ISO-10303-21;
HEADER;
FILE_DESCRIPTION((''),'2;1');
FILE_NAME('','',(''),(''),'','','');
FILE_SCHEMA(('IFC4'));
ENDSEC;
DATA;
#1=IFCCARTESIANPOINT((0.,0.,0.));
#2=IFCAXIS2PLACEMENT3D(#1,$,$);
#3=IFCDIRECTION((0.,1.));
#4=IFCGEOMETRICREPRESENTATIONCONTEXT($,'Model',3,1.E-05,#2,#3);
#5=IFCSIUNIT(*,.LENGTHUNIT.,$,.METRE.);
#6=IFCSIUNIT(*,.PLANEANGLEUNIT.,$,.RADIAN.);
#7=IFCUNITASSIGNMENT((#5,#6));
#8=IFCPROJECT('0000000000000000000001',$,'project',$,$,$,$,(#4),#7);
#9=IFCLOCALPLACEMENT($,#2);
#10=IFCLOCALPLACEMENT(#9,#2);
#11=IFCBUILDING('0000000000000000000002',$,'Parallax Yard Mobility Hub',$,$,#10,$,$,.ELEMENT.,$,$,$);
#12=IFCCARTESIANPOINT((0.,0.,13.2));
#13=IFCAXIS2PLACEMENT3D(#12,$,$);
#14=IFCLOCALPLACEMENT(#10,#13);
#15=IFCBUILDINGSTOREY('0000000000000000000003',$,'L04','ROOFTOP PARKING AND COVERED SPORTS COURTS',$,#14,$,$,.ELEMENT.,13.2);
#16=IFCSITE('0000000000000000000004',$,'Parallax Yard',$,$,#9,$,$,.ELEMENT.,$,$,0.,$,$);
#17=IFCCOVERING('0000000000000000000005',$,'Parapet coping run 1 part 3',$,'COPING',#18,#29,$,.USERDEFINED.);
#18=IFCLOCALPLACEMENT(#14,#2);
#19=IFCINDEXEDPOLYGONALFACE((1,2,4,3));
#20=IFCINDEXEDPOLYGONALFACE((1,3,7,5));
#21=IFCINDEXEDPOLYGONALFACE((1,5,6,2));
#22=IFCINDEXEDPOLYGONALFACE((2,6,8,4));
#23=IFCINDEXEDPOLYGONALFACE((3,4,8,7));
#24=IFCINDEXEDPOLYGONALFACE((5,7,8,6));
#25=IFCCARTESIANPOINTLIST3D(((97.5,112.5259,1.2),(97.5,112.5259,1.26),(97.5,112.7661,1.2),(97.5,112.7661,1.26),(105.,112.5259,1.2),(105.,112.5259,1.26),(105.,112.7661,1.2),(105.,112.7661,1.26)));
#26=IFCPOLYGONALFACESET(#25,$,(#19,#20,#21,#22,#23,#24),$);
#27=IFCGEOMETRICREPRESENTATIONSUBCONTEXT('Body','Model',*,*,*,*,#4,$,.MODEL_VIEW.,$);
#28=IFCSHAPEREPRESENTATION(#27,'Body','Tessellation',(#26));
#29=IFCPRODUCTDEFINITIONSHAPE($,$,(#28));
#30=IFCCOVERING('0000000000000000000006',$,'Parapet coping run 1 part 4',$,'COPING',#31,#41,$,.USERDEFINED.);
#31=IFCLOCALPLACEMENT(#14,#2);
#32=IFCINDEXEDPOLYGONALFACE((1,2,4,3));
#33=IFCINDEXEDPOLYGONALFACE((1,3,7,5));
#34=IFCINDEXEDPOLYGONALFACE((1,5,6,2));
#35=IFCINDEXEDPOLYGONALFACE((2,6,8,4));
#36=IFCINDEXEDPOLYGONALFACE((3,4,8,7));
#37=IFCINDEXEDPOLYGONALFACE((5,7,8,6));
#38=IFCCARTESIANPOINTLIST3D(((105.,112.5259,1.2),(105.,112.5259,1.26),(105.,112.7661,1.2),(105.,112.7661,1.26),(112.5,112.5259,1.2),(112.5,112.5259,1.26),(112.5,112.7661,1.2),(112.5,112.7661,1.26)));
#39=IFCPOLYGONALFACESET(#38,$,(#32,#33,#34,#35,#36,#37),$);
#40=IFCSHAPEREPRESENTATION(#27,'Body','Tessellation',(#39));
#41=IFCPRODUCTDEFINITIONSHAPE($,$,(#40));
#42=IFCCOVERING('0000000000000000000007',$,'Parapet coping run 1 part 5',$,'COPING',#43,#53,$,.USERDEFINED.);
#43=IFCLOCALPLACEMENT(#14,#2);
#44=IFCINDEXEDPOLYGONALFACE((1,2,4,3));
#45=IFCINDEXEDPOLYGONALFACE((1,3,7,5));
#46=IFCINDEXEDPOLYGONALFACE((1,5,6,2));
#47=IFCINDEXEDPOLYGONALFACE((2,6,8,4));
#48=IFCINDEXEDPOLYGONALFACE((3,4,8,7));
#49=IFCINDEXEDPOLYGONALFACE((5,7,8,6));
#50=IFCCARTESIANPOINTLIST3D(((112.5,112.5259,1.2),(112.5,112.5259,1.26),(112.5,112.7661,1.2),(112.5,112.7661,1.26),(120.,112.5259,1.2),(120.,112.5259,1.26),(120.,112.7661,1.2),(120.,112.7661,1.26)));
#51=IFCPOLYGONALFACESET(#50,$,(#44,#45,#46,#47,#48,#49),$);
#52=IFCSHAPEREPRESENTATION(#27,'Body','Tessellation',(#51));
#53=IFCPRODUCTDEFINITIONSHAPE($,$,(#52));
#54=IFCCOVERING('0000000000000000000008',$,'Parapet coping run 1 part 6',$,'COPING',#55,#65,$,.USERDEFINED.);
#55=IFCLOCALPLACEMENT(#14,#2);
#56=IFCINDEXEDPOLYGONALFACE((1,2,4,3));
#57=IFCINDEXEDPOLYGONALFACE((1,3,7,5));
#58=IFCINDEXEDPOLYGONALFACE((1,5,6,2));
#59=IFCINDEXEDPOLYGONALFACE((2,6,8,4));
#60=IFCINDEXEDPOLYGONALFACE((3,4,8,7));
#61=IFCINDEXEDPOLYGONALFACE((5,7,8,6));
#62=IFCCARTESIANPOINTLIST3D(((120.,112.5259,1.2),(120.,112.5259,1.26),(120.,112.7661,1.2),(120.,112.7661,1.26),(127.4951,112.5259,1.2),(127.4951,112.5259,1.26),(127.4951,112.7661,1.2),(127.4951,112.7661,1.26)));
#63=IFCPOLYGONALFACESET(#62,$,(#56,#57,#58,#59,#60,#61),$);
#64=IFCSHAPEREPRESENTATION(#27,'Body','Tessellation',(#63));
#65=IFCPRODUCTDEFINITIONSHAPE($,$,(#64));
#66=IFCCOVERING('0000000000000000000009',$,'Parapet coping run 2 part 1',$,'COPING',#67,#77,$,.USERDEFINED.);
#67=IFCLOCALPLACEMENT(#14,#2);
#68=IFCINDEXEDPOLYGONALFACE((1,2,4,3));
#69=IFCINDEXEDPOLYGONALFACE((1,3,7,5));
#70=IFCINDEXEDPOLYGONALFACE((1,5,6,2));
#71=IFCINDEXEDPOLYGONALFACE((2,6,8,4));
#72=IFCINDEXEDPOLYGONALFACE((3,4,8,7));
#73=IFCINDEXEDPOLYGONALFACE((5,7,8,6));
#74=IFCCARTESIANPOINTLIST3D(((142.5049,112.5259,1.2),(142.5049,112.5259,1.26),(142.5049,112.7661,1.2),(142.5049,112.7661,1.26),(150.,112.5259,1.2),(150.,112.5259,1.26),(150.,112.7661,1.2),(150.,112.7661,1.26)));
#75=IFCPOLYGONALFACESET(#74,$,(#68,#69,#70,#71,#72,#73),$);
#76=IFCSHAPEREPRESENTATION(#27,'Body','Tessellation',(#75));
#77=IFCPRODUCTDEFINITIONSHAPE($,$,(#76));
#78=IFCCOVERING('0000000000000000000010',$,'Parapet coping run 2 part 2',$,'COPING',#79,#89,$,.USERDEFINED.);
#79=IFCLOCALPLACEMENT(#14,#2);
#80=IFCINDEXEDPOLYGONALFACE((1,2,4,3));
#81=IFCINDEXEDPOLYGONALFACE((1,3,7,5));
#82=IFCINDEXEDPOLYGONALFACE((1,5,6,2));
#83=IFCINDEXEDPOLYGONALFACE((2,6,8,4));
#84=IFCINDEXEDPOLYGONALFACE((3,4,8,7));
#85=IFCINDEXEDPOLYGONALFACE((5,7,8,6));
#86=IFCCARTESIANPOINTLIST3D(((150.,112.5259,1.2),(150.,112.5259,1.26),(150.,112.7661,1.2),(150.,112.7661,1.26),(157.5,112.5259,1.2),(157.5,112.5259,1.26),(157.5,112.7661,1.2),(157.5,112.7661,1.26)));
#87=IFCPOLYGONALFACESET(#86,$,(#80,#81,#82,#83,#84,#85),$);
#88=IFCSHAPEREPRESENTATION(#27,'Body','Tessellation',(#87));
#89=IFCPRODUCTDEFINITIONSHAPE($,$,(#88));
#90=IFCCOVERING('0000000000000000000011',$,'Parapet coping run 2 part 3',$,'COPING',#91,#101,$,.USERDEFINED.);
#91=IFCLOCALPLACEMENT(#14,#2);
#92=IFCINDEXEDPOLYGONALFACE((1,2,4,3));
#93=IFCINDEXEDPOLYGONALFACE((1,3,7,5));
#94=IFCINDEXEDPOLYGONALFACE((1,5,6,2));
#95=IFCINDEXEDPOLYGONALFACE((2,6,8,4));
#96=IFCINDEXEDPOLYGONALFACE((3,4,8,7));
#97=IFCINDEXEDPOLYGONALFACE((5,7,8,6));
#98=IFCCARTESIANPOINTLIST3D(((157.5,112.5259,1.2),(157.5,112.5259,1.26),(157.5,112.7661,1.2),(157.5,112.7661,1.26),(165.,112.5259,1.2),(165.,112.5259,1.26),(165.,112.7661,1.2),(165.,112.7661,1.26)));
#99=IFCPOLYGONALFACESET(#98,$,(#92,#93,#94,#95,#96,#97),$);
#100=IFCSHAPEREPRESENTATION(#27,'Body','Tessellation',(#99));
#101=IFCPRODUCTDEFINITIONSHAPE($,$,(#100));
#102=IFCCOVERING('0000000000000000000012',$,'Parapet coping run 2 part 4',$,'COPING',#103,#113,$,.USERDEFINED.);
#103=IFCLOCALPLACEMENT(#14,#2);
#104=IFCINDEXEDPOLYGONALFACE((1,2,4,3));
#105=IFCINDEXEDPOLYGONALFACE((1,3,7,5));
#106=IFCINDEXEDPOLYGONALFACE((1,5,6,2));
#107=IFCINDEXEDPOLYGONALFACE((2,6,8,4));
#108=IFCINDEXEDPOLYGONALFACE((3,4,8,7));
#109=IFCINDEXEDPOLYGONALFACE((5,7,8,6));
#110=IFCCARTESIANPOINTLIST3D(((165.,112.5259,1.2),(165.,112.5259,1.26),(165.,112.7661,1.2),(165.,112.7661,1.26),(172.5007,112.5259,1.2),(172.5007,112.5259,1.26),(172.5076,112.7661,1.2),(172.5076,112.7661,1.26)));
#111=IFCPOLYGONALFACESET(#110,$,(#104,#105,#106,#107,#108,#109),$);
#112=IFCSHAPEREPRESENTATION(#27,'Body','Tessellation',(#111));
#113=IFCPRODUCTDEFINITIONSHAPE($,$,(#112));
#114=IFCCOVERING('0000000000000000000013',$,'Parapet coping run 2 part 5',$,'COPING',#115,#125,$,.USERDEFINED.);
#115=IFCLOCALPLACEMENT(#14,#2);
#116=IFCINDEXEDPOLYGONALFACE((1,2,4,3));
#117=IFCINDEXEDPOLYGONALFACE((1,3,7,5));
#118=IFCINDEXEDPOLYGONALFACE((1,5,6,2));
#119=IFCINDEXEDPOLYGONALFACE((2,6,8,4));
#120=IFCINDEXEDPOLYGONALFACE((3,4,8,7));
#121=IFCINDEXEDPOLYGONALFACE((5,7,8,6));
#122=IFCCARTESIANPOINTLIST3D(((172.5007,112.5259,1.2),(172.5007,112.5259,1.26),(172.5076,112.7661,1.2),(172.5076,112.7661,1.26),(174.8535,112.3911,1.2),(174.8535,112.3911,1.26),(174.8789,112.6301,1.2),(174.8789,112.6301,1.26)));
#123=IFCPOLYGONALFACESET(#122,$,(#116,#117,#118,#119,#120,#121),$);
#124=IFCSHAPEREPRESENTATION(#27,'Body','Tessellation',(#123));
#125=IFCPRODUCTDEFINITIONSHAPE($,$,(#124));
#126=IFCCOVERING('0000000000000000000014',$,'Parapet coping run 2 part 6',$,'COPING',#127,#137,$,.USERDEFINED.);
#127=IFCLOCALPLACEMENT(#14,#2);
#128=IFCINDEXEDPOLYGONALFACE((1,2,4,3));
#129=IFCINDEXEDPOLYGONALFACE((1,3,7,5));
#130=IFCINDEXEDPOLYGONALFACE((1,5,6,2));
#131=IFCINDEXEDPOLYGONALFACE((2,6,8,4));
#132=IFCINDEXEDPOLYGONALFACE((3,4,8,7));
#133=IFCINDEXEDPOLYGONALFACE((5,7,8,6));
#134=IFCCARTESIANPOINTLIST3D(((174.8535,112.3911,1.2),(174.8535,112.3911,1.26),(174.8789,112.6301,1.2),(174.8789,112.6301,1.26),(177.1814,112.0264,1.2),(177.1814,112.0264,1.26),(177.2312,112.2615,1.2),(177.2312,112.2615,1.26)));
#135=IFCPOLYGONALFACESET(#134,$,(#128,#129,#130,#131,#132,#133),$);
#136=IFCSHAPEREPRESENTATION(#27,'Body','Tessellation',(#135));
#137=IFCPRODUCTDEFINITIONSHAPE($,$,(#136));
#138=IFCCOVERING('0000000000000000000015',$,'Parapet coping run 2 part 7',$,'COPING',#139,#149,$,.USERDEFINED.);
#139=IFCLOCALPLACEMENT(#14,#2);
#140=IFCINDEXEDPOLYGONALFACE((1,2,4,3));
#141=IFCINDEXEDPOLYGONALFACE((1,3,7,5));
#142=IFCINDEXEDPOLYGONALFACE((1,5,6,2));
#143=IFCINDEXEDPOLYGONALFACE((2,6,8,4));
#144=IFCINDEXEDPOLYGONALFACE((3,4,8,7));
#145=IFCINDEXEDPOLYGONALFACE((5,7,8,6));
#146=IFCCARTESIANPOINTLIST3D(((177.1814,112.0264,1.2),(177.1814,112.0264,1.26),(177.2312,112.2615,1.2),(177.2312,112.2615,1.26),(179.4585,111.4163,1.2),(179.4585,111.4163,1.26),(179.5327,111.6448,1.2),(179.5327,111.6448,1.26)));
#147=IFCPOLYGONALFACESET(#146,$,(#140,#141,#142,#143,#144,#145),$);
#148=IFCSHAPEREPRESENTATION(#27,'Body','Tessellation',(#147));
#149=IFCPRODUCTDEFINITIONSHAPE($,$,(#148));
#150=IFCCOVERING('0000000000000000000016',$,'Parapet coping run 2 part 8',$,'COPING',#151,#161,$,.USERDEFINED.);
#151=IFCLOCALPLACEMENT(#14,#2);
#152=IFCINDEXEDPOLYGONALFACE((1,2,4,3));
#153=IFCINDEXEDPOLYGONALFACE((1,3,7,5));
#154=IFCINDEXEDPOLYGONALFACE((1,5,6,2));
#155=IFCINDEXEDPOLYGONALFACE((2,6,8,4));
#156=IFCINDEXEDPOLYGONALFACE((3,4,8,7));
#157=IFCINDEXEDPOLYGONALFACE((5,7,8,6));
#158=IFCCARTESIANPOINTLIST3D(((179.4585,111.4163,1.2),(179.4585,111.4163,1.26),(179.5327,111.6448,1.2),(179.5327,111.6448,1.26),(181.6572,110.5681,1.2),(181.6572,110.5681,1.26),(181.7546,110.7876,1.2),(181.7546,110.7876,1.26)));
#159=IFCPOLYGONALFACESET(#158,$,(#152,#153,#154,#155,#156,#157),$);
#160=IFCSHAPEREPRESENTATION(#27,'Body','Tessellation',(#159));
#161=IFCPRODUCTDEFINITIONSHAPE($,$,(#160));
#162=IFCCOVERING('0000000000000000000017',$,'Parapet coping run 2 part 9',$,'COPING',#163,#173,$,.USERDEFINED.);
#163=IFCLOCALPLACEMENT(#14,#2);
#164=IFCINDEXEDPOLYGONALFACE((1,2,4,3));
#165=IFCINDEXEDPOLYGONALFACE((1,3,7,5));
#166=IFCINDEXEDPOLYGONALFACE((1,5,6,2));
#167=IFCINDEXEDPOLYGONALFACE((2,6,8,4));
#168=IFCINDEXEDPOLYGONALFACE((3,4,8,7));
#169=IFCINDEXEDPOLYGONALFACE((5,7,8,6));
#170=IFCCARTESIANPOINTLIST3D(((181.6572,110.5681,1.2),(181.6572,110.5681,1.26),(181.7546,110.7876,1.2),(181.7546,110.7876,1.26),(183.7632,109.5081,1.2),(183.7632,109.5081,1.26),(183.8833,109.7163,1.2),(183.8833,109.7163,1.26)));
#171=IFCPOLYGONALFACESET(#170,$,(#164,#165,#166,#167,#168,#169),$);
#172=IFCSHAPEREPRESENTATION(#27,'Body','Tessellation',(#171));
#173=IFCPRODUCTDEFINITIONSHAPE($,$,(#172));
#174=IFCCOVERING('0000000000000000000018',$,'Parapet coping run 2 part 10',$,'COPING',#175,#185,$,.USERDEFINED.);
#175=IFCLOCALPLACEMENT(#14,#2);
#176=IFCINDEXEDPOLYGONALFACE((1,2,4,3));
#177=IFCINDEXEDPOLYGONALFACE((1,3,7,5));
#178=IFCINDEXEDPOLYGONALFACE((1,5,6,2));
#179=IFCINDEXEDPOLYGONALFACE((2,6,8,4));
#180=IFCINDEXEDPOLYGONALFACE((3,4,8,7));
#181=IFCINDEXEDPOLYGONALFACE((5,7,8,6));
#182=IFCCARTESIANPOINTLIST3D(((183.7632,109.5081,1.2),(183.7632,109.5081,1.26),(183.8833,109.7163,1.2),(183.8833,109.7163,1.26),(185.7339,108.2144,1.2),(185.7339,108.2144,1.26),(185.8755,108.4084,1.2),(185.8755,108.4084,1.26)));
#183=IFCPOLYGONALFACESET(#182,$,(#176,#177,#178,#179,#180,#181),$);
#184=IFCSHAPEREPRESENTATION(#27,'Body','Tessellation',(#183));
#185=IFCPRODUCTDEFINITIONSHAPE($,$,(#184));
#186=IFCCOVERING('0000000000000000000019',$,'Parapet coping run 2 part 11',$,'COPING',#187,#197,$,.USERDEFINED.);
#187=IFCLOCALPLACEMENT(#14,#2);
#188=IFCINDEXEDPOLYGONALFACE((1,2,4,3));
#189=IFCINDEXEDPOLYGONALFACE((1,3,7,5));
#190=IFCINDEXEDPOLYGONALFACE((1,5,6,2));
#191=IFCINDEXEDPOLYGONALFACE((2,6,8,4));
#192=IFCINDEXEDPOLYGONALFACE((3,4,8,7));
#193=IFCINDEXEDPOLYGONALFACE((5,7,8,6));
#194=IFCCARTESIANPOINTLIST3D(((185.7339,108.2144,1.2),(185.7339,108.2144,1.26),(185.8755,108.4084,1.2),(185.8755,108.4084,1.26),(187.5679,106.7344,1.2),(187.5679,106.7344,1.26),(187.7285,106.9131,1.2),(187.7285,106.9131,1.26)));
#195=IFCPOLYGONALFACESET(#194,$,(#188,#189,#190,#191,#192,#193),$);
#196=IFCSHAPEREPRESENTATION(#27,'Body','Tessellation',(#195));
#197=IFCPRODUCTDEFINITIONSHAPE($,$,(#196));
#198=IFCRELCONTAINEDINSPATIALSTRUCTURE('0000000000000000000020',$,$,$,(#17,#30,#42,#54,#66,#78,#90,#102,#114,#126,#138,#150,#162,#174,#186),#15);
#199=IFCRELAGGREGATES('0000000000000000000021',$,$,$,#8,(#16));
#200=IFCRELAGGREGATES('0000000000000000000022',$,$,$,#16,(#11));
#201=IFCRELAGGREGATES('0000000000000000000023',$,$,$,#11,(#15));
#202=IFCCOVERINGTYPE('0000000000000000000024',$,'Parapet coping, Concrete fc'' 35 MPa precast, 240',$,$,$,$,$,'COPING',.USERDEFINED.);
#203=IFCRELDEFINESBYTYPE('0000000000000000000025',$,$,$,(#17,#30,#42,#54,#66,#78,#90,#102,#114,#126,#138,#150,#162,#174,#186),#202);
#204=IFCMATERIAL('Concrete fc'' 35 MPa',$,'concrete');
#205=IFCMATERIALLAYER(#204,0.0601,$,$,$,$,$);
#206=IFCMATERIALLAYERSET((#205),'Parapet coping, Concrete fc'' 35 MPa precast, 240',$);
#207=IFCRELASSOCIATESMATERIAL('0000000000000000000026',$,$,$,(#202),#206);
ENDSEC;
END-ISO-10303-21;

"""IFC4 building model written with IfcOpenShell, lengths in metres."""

from ifc_helpers import new_model, si_unit, direction, frame, origin, place, context, subcontext, project, spatial, polyline, outline, extrude, material, layer, layer_set, type_object, element, save


model = new_model("IFC4")

# Units and contexts
model_context = context("Model", 3, precision=1e-05, world=origin(), true_north=direction((0.0, 1.0)))
body_context = subcontext(model_context, "Body", "Model", "MODEL_VIEW")
ifc_project = project(units=[si_unit("LENGTHUNIT", "METRE"), si_unit("PLANEANGLEUNIT", "RADIAN")], contexts=[model_context])

# Site, building, storey
site_placement = place(None, origin())
site = spatial("IfcSite", under=ifc_project, at=site_placement, Name="Parallax Yard", CompositionType="ELEMENT", RefElevation=0.0)
building_placement = place(site_placement, origin())
building = spatial("IfcBuilding", under=site, at=building_placement, Name="Parallax Yard Mobility Hub", CompositionType="ELEMENT")
storey_placement = place(building_placement, frame((0.0, 0.0, 13.2)))
storey = spatial("IfcBuildingStorey", under=building, at=storey_placement, Name="L04", Description="ROOFTOP PARKING AND COVERED SPORTS COURTS", CompositionType="ELEMENT", Elevation=13.2)

# Coverings
ifc_material = material(Name="Concrete fc' 35 MPa", Category="concrete")
ifc_layer = layer(ifc_material, 0.0601)
ifc_layer_set = layer_set([ifc_layer], Name="Parapet coping, Concrete fc' 35 MPa precast, 240")
covering_type = type_object("IfcCoveringType", Name="Parapet coping, Concrete fc' 35 MPa precast, 240", ElementType="COPING", PredefinedType="USERDEFINED", material=ifc_layer_set)
covering_1_placement = place(storey_placement, frame((0.0, 0.0, 1.2)))
element("IfcCovering", 1, at=covering_1_placement, inside=storey, type_object=covering_type, Name="Parapet coping run 1 part 3", ObjectType="COPING", PredefinedType="USERDEFINED", context=body_context, shape_type="SweptSolid", body=[
    extrude(outline(polyline([(97.5, 112.7661), (97.5, 112.5259), (105.0, 112.5259), (105.0, 112.7661), (97.5, 112.7661)])), origin(), (0.0, 0.0, 1.0), 0.0601),
])
covering_2_placement = place(storey_placement, frame((0.0, 0.0, 1.2)))
element("IfcCovering", 2, at=covering_2_placement, inside=storey, type_object=covering_type, Name="Parapet coping run 1 part 4", ObjectType="COPING", PredefinedType="USERDEFINED", context=body_context, shape_type="SweptSolid", body=[
    extrude(outline(polyline([(105.0, 112.7661), (105.0, 112.5259), (112.5, 112.5259), (112.5, 112.7661), (105.0, 112.7661)])), origin(), (0.0, 0.0, 1.0), 0.0601),
])
covering_3_placement = place(storey_placement, frame((0.0, 0.0, 1.2)))
element("IfcCovering", 3, at=covering_3_placement, inside=storey, type_object=covering_type, Name="Parapet coping run 1 part 5", ObjectType="COPING", PredefinedType="USERDEFINED", context=body_context, shape_type="SweptSolid", body=[
    extrude(outline(polyline([(112.5, 112.7661), (112.5, 112.5259), (120.0, 112.5259), (120.0, 112.7661), (112.5, 112.7661)])), origin(), (0.0, 0.0, 1.0), 0.0601),
])
covering_4_placement = place(storey_placement, frame((0.0, 0.0, 1.2)))
element("IfcCovering", 4, at=covering_4_placement, inside=storey, type_object=covering_type, Name="Parapet coping run 1 part 6", ObjectType="COPING", PredefinedType="USERDEFINED", context=body_context, shape_type="SweptSolid", body=[
    extrude(outline(polyline([(120.0, 112.7661), (120.0, 112.5259), (127.4951, 112.5259), (127.4951, 112.7661), (120.0, 112.7661)])), origin(), (0.0, 0.0, 1.0), 0.0601),
])
covering_5_placement = place(storey_placement, frame((0.0, 0.0, 1.2)))
element("IfcCovering", 5, at=covering_5_placement, inside=storey, type_object=covering_type, Name="Parapet coping run 2 part 1", ObjectType="COPING", PredefinedType="USERDEFINED", context=body_context, shape_type="SweptSolid", body=[
    extrude(outline(polyline([(142.5049, 112.7661), (142.5049, 112.5259), (150.0, 112.5259), (150.0, 112.7661), (142.5049, 112.7661)])), origin(), (0.0, 0.0, 1.0), 0.0601),
])
covering_6_placement = place(storey_placement, frame((0.0, 0.0, 1.2)))
element("IfcCovering", 6, at=covering_6_placement, inside=storey, type_object=covering_type, Name="Parapet coping run 2 part 2", ObjectType="COPING", PredefinedType="USERDEFINED", context=body_context, shape_type="SweptSolid", body=[
    extrude(outline(polyline([(150.0, 112.7661), (150.0, 112.5259), (157.5, 112.5259), (157.5, 112.7661), (150.0, 112.7661)])), origin(), (0.0, 0.0, 1.0), 0.0601),
])
covering_7_placement = place(storey_placement, frame((0.0, 0.0, 1.2)))
element("IfcCovering", 7, at=covering_7_placement, inside=storey, type_object=covering_type, Name="Parapet coping run 2 part 3", ObjectType="COPING", PredefinedType="USERDEFINED", context=body_context, shape_type="SweptSolid", body=[
    extrude(outline(polyline([(157.5, 112.7661), (157.5, 112.5259), (165.0, 112.5259), (165.0, 112.7661), (157.5, 112.7661)])), origin(), (0.0, 0.0, 1.0), 0.0601),
])
covering_8_placement = place(storey_placement, frame((0.0, 0.0, 1.2)))
element("IfcCovering", 8, at=covering_8_placement, inside=storey, type_object=covering_type, Name="Parapet coping run 2 part 4", ObjectType="COPING", PredefinedType="USERDEFINED", context=body_context, shape_type="SweptSolid", body=[
    extrude(outline(polyline([(165.0, 112.7661), (165.0, 112.5259), (172.5007, 112.5259), (172.5076, 112.7661), (165.0, 112.7661)])), origin(), (0.0, 0.0, 1.0), 0.0601),
])
covering_9_placement = place(storey_placement, frame((0.0, 0.0, 1.2)))
element("IfcCovering", 9, at=covering_9_placement, inside=storey, type_object=covering_type, Name="Parapet coping run 2 part 5", ObjectType="COPING", PredefinedType="USERDEFINED", context=body_context, shape_type="SweptSolid", body=[
    extrude(outline(polyline([(172.5076, 112.7661), (172.5007, 112.5259), (174.8535, 112.3911), (174.8789, 112.6301), (172.5076, 112.7661)])), origin(), (0.0, 0.0, 1.0), 0.0601),
])
covering_10_placement = place(storey_placement, frame((0.0, 0.0, 1.2)))
element("IfcCovering", 10, at=covering_10_placement, inside=storey, type_object=covering_type, Name="Parapet coping run 2 part 6", ObjectType="COPING", PredefinedType="USERDEFINED", context=body_context, shape_type="SweptSolid", body=[
    extrude(outline(polyline([(174.8789, 112.6301), (174.8535, 112.3911), (177.1814, 112.0264), (177.2312, 112.2615), (174.8789, 112.6301)])), origin(), (0.0, 0.0, 1.0), 0.0601),
])
covering_11_placement = place(storey_placement, frame((0.0, 0.0, 1.2)))
element("IfcCovering", 11, at=covering_11_placement, inside=storey, type_object=covering_type, Name="Parapet coping run 2 part 7", ObjectType="COPING", PredefinedType="USERDEFINED", context=body_context, shape_type="SweptSolid", body=[
    extrude(outline(polyline([(177.2312, 112.2615), (177.1814, 112.0264), (179.4585, 111.4163), (179.5327, 111.6448), (177.2312, 112.2615)])), origin(), (0.0, 0.0, 1.0), 0.0601),
])
covering_12_placement = place(storey_placement, frame((0.0, 0.0, 1.2)))
element("IfcCovering", 12, at=covering_12_placement, inside=storey, type_object=covering_type, Name="Parapet coping run 2 part 8", ObjectType="COPING", PredefinedType="USERDEFINED", context=body_context, shape_type="SweptSolid", body=[
    extrude(outline(polyline([(179.5327, 111.6448), (179.4585, 111.4163), (181.6572, 110.5681), (181.7546, 110.7876), (179.5327, 111.6448)])), origin(), (0.0, 0.0, 1.0), 0.0601),
])
covering_13_placement = place(storey_placement, frame((0.0, 0.0, 1.2)))
element("IfcCovering", 13, at=covering_13_placement, inside=storey, type_object=covering_type, Name="Parapet coping run 2 part 9", ObjectType="COPING", PredefinedType="USERDEFINED", context=body_context, shape_type="SweptSolid", body=[
    extrude(outline(polyline([(181.7546, 110.7876), (181.6572, 110.5681), (183.7632, 109.5081), (183.8833, 109.7163), (181.7546, 110.7876)])), origin(), (0.0, 0.0, 1.0), 0.0601),
])
covering_14_placement = place(storey_placement, frame((0.0, 0.0, 1.2)))
element("IfcCovering", 14, at=covering_14_placement, inside=storey, type_object=covering_type, Name="Parapet coping run 2 part 10", ObjectType="COPING", PredefinedType="USERDEFINED", context=body_context, shape_type="SweptSolid", body=[
    extrude(outline(polyline([(183.8833, 109.7163), (183.7632, 109.5081), (185.7339, 108.2144), (185.8755, 108.4084), (183.8833, 109.7163)])), origin(), (0.0, 0.0, 1.0), 0.0601),
])
covering_15_placement = place(storey_placement, frame((0.0, 0.0, 1.2)))
element("IfcCovering", 15, at=covering_15_placement, inside=storey, type_object=covering_type, Name="Parapet coping run 2 part 11", ObjectType="COPING", PredefinedType="USERDEFINED", context=body_context, shape_type="SweptSolid", body=[
    extrude(outline(polyline([(185.8755, 108.4084), (185.7339, 108.2144), (187.5679, 106.7344), (187.7285, 106.9131), (185.8755, 108.4084)])), origin(), (0.0, 0.0, 1.0), 0.0601),
])

save(model, "model.ifc")
